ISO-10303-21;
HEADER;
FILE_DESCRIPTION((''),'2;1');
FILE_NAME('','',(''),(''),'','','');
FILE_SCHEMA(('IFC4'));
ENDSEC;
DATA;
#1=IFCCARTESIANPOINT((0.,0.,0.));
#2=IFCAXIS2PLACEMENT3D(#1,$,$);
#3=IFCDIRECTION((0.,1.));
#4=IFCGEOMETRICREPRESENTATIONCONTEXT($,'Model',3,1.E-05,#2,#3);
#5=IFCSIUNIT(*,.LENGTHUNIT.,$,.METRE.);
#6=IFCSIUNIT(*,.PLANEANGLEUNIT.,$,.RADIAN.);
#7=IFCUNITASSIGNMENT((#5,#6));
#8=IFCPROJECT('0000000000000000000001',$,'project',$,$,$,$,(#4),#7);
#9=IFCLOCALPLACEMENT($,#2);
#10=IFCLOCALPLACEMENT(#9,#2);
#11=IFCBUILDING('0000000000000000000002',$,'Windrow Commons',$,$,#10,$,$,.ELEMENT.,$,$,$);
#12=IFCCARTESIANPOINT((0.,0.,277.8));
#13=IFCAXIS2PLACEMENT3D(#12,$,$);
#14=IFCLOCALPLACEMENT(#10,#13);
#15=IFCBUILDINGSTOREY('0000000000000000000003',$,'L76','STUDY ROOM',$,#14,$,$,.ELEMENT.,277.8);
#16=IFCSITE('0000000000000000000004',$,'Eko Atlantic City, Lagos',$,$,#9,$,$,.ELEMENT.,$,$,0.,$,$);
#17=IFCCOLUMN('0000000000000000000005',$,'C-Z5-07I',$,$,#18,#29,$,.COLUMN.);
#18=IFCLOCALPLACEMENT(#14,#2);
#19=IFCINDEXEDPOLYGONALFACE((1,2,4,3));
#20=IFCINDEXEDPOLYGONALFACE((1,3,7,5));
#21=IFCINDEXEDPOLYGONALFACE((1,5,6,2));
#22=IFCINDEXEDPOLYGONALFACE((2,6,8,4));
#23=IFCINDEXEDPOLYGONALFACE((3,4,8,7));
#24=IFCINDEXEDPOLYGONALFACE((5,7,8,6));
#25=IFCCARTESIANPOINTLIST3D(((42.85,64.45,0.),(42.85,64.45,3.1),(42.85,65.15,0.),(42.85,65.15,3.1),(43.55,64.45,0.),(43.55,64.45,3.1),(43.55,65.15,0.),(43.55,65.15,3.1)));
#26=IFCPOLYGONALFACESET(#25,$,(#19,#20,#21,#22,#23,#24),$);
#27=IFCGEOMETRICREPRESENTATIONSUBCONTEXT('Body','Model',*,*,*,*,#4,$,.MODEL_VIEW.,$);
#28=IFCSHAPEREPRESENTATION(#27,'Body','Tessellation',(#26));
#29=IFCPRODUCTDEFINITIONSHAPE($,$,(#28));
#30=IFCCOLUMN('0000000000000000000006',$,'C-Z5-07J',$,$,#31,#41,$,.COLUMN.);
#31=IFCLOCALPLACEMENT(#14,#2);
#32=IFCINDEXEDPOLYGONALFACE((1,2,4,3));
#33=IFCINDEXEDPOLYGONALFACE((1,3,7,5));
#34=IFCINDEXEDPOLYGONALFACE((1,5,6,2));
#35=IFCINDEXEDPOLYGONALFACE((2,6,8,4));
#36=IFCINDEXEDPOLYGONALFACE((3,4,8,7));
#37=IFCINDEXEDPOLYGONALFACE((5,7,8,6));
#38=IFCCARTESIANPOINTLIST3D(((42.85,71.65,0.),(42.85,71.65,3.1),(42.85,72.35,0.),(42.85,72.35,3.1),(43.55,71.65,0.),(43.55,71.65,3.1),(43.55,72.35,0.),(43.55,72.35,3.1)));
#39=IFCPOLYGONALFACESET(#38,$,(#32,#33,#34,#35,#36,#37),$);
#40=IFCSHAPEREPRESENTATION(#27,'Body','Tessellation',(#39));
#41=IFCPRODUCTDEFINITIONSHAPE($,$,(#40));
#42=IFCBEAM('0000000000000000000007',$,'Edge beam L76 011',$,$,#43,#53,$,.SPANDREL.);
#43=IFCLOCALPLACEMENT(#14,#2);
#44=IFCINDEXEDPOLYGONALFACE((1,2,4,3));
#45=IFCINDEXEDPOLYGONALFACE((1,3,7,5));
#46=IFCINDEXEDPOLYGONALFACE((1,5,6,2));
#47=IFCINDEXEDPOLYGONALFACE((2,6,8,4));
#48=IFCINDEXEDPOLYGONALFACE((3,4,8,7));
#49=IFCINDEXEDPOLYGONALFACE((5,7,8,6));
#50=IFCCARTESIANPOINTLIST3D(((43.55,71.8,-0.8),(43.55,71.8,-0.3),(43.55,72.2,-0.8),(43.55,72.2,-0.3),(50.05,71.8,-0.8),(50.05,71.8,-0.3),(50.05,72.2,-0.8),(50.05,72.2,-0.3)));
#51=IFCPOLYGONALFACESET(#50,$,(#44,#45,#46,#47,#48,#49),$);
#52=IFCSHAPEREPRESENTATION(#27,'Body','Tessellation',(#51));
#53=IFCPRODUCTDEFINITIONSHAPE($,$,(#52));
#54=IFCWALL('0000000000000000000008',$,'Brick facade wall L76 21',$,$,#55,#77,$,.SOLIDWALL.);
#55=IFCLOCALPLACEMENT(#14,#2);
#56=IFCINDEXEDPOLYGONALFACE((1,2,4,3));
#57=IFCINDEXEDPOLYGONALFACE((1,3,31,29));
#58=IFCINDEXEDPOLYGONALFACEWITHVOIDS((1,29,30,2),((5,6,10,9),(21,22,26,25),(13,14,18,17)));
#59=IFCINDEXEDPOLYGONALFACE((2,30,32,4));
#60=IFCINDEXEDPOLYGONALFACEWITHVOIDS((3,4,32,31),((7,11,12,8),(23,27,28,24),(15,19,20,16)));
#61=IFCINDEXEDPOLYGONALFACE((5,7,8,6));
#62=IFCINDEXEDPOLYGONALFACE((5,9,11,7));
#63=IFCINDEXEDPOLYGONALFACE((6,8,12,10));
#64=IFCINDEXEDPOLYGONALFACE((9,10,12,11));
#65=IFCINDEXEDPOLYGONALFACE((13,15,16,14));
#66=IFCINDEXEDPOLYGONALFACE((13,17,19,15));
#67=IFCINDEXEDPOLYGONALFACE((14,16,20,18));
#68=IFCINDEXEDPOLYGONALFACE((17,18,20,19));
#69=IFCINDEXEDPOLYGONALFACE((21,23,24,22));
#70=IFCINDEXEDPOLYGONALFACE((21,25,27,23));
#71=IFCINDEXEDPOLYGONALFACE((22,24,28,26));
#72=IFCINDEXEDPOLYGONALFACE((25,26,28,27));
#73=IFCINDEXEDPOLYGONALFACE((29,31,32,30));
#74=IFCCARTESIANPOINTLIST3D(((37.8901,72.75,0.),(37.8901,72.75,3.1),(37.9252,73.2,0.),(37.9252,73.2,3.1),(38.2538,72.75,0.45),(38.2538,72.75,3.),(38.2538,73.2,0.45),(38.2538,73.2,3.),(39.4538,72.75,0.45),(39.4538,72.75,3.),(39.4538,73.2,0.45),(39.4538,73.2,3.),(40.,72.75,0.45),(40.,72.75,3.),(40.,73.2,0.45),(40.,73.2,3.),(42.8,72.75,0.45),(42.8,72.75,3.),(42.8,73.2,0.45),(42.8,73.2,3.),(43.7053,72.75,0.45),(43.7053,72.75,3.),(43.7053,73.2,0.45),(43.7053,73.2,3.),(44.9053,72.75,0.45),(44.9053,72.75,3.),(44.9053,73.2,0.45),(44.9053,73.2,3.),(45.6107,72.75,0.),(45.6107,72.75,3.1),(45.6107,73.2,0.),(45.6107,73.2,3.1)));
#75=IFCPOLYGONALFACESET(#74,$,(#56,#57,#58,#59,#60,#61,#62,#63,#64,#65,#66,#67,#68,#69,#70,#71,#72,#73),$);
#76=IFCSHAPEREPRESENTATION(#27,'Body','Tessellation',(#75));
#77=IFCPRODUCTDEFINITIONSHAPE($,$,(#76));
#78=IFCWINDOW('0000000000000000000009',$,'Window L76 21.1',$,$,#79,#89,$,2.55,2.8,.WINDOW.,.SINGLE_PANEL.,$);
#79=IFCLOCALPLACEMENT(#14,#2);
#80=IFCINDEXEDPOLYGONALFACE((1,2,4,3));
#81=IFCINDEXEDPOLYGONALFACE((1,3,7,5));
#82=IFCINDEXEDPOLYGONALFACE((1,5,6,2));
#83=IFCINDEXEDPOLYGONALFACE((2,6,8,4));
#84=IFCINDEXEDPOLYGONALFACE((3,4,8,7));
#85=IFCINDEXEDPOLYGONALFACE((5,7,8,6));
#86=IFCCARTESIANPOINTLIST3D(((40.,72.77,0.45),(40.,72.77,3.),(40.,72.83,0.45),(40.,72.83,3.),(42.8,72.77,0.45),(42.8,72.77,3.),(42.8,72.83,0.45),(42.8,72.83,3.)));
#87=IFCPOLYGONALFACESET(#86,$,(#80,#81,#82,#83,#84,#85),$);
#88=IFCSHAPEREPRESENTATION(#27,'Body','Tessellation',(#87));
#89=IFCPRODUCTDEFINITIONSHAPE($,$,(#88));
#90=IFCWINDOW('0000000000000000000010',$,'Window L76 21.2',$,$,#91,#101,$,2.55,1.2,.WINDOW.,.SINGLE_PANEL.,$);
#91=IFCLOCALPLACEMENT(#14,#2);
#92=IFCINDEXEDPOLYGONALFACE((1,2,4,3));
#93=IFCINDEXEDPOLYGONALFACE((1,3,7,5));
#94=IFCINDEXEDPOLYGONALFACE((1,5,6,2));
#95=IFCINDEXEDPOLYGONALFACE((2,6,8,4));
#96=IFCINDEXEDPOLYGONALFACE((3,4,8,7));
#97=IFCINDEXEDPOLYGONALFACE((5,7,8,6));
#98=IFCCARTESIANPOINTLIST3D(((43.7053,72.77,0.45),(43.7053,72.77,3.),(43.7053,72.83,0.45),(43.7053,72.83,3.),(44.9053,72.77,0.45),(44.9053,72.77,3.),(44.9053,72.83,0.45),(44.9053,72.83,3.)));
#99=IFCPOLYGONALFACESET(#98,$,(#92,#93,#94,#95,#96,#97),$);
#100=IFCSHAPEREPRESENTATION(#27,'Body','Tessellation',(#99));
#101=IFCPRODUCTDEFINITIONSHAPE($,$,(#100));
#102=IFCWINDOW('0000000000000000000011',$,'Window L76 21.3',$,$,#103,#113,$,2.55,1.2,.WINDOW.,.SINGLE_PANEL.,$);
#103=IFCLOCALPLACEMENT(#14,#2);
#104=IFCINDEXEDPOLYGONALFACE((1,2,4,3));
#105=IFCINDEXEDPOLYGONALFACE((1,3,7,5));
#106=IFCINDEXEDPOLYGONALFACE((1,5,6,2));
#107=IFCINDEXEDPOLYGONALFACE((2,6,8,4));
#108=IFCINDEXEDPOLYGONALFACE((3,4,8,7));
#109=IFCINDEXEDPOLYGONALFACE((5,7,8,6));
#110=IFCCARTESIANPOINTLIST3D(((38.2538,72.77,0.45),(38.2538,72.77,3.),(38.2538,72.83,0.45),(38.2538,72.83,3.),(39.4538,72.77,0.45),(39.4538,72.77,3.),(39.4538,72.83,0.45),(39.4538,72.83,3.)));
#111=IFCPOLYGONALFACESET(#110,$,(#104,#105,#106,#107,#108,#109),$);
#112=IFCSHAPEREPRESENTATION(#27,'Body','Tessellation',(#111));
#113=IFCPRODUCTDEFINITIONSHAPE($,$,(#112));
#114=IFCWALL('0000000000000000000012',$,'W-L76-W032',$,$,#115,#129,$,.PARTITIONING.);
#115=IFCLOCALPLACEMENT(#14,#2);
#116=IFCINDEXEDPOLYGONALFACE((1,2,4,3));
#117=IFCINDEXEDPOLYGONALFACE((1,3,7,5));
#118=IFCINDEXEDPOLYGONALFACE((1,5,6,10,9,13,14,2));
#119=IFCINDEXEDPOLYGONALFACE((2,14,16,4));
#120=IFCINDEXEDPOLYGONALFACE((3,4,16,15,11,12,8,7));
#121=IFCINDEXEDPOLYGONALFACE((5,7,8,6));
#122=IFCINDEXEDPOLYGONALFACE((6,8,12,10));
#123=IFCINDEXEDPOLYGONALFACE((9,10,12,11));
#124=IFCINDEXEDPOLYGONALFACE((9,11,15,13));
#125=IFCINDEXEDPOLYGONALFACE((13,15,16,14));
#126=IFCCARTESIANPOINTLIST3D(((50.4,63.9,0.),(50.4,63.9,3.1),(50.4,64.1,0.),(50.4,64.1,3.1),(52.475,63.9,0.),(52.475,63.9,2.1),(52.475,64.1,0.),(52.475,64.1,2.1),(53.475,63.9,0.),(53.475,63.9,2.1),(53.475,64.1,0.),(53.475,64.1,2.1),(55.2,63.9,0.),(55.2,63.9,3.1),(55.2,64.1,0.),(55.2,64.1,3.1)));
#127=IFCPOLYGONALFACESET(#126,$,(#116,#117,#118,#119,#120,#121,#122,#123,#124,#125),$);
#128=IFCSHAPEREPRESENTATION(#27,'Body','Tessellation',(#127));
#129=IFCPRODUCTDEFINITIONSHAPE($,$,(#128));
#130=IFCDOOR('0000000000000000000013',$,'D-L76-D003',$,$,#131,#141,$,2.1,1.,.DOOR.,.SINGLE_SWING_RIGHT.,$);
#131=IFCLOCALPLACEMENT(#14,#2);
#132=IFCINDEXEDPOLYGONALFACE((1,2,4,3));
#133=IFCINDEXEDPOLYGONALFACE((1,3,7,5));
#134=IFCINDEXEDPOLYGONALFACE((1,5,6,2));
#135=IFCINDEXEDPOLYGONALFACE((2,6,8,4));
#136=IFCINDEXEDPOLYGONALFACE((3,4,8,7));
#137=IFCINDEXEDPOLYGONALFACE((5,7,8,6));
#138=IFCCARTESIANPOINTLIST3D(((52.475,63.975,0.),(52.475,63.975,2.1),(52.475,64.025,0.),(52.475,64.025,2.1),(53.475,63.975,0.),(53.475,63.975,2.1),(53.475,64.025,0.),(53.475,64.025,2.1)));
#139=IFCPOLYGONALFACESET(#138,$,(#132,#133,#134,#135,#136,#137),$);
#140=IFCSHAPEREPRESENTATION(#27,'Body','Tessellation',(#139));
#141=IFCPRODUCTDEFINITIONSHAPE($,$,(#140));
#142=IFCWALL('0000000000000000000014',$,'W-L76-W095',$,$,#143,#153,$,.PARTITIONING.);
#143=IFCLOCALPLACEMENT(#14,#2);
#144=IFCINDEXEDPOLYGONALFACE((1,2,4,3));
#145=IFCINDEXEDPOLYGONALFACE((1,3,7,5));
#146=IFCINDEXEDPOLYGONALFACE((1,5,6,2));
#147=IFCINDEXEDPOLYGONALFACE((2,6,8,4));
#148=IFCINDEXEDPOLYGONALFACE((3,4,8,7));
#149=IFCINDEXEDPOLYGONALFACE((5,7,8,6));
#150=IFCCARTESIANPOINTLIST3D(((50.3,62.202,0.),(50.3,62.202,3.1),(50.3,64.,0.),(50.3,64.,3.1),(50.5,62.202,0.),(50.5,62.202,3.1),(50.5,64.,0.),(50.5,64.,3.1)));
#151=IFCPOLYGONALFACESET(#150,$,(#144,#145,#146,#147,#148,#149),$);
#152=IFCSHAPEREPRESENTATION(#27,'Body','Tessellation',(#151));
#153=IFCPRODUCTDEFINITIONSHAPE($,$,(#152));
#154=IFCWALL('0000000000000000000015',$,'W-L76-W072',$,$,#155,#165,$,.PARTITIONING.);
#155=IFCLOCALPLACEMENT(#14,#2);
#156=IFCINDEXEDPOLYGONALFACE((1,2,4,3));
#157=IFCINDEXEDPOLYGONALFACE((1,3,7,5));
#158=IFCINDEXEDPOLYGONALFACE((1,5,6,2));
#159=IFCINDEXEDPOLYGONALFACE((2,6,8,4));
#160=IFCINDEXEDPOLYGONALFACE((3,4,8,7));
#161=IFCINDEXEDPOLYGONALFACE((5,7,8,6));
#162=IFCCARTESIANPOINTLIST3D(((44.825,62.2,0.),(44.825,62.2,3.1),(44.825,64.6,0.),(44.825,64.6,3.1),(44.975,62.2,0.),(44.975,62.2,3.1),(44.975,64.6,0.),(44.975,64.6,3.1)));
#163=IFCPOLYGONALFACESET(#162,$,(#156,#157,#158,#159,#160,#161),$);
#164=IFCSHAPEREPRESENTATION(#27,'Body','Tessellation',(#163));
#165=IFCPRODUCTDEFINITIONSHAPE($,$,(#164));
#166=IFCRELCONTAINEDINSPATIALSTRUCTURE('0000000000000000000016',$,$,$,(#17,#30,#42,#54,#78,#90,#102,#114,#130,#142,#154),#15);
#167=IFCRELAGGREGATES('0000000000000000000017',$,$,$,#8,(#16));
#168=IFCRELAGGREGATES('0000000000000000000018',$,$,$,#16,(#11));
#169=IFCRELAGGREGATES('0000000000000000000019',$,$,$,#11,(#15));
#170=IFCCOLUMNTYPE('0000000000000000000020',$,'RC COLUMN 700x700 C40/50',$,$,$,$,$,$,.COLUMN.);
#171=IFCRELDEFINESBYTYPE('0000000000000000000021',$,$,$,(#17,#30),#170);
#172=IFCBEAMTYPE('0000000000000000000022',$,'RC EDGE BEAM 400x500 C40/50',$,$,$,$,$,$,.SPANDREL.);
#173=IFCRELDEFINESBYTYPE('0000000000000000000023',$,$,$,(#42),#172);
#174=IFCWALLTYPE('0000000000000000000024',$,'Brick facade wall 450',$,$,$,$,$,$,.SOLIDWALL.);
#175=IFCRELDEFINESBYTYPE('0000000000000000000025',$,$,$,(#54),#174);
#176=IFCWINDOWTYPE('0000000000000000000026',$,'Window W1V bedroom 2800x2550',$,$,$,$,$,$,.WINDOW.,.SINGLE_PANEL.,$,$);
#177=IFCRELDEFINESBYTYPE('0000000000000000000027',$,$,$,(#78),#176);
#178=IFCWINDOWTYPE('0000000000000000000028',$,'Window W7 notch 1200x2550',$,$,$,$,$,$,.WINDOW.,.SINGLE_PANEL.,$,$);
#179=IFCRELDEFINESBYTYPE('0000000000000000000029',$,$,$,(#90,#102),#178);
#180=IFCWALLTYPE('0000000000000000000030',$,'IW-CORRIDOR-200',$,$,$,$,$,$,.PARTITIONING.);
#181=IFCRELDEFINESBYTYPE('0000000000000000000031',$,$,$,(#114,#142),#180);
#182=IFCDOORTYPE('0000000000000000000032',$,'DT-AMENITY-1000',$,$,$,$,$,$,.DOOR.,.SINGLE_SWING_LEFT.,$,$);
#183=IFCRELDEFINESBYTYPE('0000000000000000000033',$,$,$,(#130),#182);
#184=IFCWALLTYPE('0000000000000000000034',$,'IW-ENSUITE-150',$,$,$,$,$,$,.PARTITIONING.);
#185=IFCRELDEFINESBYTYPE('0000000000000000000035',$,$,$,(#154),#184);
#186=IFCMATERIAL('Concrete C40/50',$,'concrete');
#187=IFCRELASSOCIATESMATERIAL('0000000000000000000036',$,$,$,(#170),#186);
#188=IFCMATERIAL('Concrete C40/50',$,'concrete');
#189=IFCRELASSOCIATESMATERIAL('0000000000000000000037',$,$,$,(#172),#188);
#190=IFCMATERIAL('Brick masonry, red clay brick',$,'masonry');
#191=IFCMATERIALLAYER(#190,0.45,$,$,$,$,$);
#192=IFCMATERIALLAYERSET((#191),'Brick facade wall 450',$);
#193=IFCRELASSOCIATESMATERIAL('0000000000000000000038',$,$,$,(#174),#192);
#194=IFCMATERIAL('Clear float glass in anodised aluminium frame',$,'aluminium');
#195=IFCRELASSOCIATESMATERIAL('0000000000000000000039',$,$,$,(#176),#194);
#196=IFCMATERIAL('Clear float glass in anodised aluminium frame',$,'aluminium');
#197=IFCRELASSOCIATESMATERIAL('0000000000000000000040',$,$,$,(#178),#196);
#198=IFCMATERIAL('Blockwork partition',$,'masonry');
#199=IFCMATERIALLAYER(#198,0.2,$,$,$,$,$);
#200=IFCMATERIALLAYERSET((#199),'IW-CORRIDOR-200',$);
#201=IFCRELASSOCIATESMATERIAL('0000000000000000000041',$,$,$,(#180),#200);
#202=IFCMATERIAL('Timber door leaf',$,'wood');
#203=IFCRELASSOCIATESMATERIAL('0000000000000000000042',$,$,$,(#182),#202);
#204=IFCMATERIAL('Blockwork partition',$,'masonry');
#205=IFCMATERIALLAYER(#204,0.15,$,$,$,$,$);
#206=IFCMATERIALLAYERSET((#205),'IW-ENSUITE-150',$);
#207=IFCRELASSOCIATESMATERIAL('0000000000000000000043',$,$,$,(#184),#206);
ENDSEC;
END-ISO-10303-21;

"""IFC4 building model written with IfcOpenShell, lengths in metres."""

from ifc_helpers import new_model, si_unit, direction, frame, frame_2d, origin, origin_2d, place, context, subcontext, project, spatial, polyline, rectangle, outline, extrude, material, layer, layer_set, material_profile, profile_set, type_object, element, fill, save


model = new_model("IFC4")

# Units and contexts
model_context = context("Model", 3, precision=1e-05, world=origin(), true_north=direction((0.0, 1.0)))
body_context = subcontext(model_context, "Body", "Model", "MODEL_VIEW")
ifc_project = project(units=[si_unit("LENGTHUNIT", "METRE"), si_unit("PLANEANGLEUNIT", "RADIAN")], contexts=[model_context])

# Site, building, storey
site_placement = place(None, origin())
site = spatial("IfcSite", under=ifc_project, at=site_placement, Name="Eko Atlantic City, Lagos", CompositionType="ELEMENT", RefElevation=0.0)
building_placement = place(site_placement, origin())
building = spatial("IfcBuilding", under=site, at=building_placement, Name="Windrow Commons", CompositionType="ELEMENT")
storey_placement = place(building_placement, frame((0.0, 0.0, 277.8)))
storey = spatial("IfcBuildingStorey", under=building, at=storey_placement, Name="L76", Description="STUDY ROOM", CompositionType="ELEMENT", Elevation=277.8)

# Columns
ifc_material_1 = material(Name="Concrete C40/50", Category="concrete")
ifc_material_profile_1 = material_profile(ifc_material_1, rectangle(XDim=0.7, YDim=0.7, at=origin_2d()))
ifc_profile_set_1 = profile_set([ifc_material_profile_1], Name="Concrete C40/50")
column_type = type_object("IfcColumnType", Name="RC COLUMN 700x700 C40/50", PredefinedType="COLUMN", material=ifc_profile_set_1)
for number, where, z_axis, x_axis, name in (
    (1, (43.2, 64.8, 0.0), (0.0, 0.0, 1.0), (1.0, 0.0, 0.0), "C-Z5-07I"),
    (2, (43.2, 72.0, 0.0), (0.0, 0.0, 1.0), (1.0, 0.0, 0.0), "C-Z5-07J"),
):
    element("IfcColumn", number, at=place(storey_placement, frame(where, z_axis=z_axis, x_axis=x_axis)), inside=storey, type_object=column_type, Name=name, PredefinedType="COLUMN", context=body_context, shape_type="SweptSolid", body=[
        extrude(rectangle(XDim=0.7, YDim=0.7, at=origin_2d()), origin(), (0.0, 0.0, 1.0), 3.1),
    ])

# Beam
ifc_material_2 = material(Name="Concrete C40/50", Category="concrete")
ifc_material_profile_2 = material_profile(ifc_material_2, rectangle(XDim=0.4, YDim=0.5, at=origin_2d()))
ifc_profile_set_2 = profile_set([ifc_material_profile_2], Name="Concrete C40/50")
beam_type = type_object("IfcBeamType", Name="RC EDGE BEAM 400x500 C40/50", PredefinedType="SPANDREL", material=ifc_profile_set_2)
beam_placement = place(storey_placement, frame((43.55, 72.0, -0.55), z_axis=(1.0, 0.0, 0.0), x_axis=(0.0, 1.0, 0.0)))
element("IfcBeam", 3, at=beam_placement, inside=storey, type_object=beam_type, Name="Edge beam L76 011", PredefinedType="SPANDREL", context=body_context, shape_type="SweptSolid", body=[
    extrude(rectangle(XDim=0.4, YDim=0.5, at=origin_2d()), origin(), (0.0, 0.0, 1.0), 6.5),
])

# Wall, openings, windows
ifc_material_3 = material(Name="Brick masonry, red clay brick", Category="masonry")
ifc_layer_1 = layer(ifc_material_3, 0.45)
ifc_layer_set_1 = layer_set([ifc_layer_1], Name="Brick facade wall 450")
wall_type_1 = type_object("IfcWallType", Name="Brick facade wall 450", PredefinedType="SOLIDWALL", material=ifc_layer_set_1)
wall_1_placement = place(storey_placement, frame((45.6107, 72.975, 0.0), z_axis=(0.0, 0.0, 1.0), x_axis=(-1.0, 0.0, 0.0)))
wall_1 = element("IfcWall", 4, at=wall_1_placement, inside=storey, type_object=wall_type_1, Name="Brick facade wall L76 21", PredefinedType="SOLIDWALL", context=body_context, shape_type="SweptSolid", body=[
    extrude(outline(polyline([(0.0, -0.225), (7.6855, -0.225), (7.7206, 0.225), (0.0, 0.225), (0.0, -0.225)])), origin(), (0.0, 0.0, 1.0), 3.1),
])
opening_1_placement = place(wall_1_placement, frame((2.8107, 0.0, 0.45)))
opening_1 = element("IfcOpeningElement", 5, at=opening_1_placement, cuts=wall_1, PredefinedType="OPENING", context=body_context, shape_type="SweptSolid", body=[
    extrude(rectangle(XDim=2.8, YDim=2.55, at=frame_2d((1.4, 1.275))), frame((0.0, 0.235, 0.0), z_axis=(0.0, -1.0, 0.0), x_axis=(1.0, 0.0, 0.0)), (0.0, 0.0, 1.0), 0.47),
])
opening_2_placement = place(wall_1_placement, frame((0.7054, 0.0, 0.45)))
opening_2 = element("IfcOpeningElement", 6, at=opening_2_placement, cuts=wall_1, PredefinedType="OPENING", context=body_context, shape_type="SweptSolid", body=[
    extrude(rectangle(XDim=1.2, YDim=2.55, at=frame_2d((0.6, 1.275))), frame((0.0, 0.235, 0.0), z_axis=(0.0, -1.0, 0.0), x_axis=(1.0, 0.0, 0.0)), (0.0, 0.0, 1.0), 0.47),
])
opening_3_placement = place(wall_1_placement, frame((6.1569, 0.0, 0.45)))
opening_3 = element("IfcOpeningElement", 7, at=opening_3_placement, cuts=wall_1, PredefinedType="OPENING", context=body_context, shape_type="SweptSolid", body=[
    extrude(rectangle(XDim=1.2, YDim=2.55, at=frame_2d((0.6, 1.275))), frame((0.0, 0.235, 0.0), z_axis=(0.0, -1.0, 0.0), x_axis=(1.0, 0.0, 0.0)), (0.0, 0.0, 1.0), 0.47),
])
ifc_material_4 = material(Name="Clear float glass in anodised aluminium frame", Category="aluminium")
window_type_1 = type_object("IfcWindowType", Name="Window W1V bedroom 2800x2550", PartitioningType="SINGLE_PANEL", PredefinedType="WINDOW", material=ifc_material_4)
window_1_placement = place(opening_1_placement, origin())
window_1 = element("IfcWindow", 8, at=window_1_placement, inside=storey, type_object=window_type_1, Name="Window L76 21.1", OverallHeight=2.55, OverallWidth=2.8, PartitioningType="SINGLE_PANEL", PredefinedType="WINDOW", context=body_context, shape_type="SweptSolid", body=[
    extrude(rectangle(XDim=2.8, YDim=2.55, at=frame_2d((1.4, 1.275))), frame((0.0, 0.205, 0.0), z_axis=(0.0, -1.0, 0.0), x_axis=(1.0, 0.0, 0.0)), (0.0, 0.0, 1.0), 0.06),
])
fill(opening_1, window_1)
ifc_material_5 = material(Name="Clear float glass in anodised aluminium frame", Category="aluminium")
window_type_2 = type_object("IfcWindowType", Name="Window W7 notch 1200x2550", PartitioningType="SINGLE_PANEL", PredefinedType="WINDOW", material=ifc_material_5)
window_2_placement = place(opening_2_placement, origin())
window_2 = element("IfcWindow", 9, at=window_2_placement, inside=storey, type_object=window_type_2, Name="Window L76 21.2", OverallHeight=2.55, OverallWidth=1.2, PartitioningType="SINGLE_PANEL", PredefinedType="WINDOW", context=body_context, shape_type="SweptSolid", body=[
    extrude(rectangle(XDim=1.2, YDim=2.55, at=frame_2d((0.6, 1.275))), frame((0.0, 0.205, 0.0), z_axis=(0.0, -1.0, 0.0), x_axis=(1.0, 0.0, 0.0)), (0.0, 0.0, 1.0), 0.06),
])
fill(opening_2, window_2)
window_3_placement = place(opening_3_placement, origin())
window_3 = element("IfcWindow", 10, at=window_3_placement, inside=storey, type_object=window_type_2, Name="Window L76 21.3", OverallHeight=2.55, OverallWidth=1.2, PartitioningType="SINGLE_PANEL", PredefinedType="WINDOW", context=body_context, shape_type="SweptSolid", body=[
    extrude(rectangle(XDim=1.2, YDim=2.55, at=frame_2d((0.6, 1.275))), frame((0.0, 0.205, 0.0), z_axis=(0.0, -1.0, 0.0), x_axis=(1.0, 0.0, 0.0)), (0.0, 0.0, 1.0), 0.06),
])
fill(opening_3, window_3)

# Wall, opening, door
ifc_material_6 = material(Name="Blockwork partition", Category="masonry")
ifc_layer_2 = layer(ifc_material_6, 0.2)
ifc_layer_set_2 = layer_set([ifc_layer_2], Name="IW-CORRIDOR-200")
wall_type_2 = type_object("IfcWallType", Name="IW-CORRIDOR-200", PredefinedType="PARTITIONING", material=ifc_layer_set_2)
wall_2_placement = place(storey_placement, frame((50.4, 64.0, 0.0), z_axis=(0.0, 0.0, 1.0), x_axis=(1.0, 0.0, 0.0)))
wall_2 = element("IfcWall", 11, at=wall_2_placement, inside=storey, type_object=wall_type_2, Name="W-L76-W032", PredefinedType="PARTITIONING", context=body_context, shape_type="SweptSolid", body=[
    extrude(rectangle(XDim=4.8, YDim=0.2, at=frame_2d((2.4, 0.0))), origin(), (0.0, 0.0, 1.0), 3.1),
])
opening_4_placement = place(wall_2_placement, frame((2.075, 0.0, 0.0)))
opening_4 = element("IfcOpeningElement", 12, at=opening_4_placement, cuts=wall_2, PredefinedType="OPENING", context=body_context, shape_type="SweptSolid", body=[
    extrude(rectangle(XDim=1.0, YDim=2.1, at=frame_2d((0.5, 1.05))), frame((0.0, 0.11, 0.0), z_axis=(0.0, -1.0, 0.0), x_axis=(1.0, 0.0, 0.0)), (0.0, 0.0, 1.0), 0.22),
])
ifc_material_7 = material(Name="Timber door leaf", Category="wood")
door_type_1 = type_object("IfcDoorType", Name="DT-AMENITY-1000", OperationType="SINGLE_SWING_LEFT", PredefinedType="DOOR", material=ifc_material_7)
door_1_placement = place(opening_4_placement, origin())
door_1 = element("IfcDoor", 13, at=door_1_placement, inside=storey, type_object=door_type_1, Name="D-L76-D003", OperationType="SINGLE_SWING_RIGHT", OverallHeight=2.1, OverallWidth=1.0, PredefinedType="DOOR", context=body_context, shape_type="SweptSolid", body=[
    extrude(rectangle(XDim=1.0, YDim=2.1, at=frame_2d((0.5, 1.05))), frame((0.0, 0.025, 0.0), z_axis=(0.0, -1.0, 0.0), x_axis=(1.0, 0.0, 0.0)), (0.0, 0.0, 1.0), 0.05),
])
fill(opening_4, door_1)

# Walls
wall_3_placement = place(storey_placement, frame((50.4, 62.202, 0.0), z_axis=(0.0, 0.0, 1.0), x_axis=(0.0, 1.0, 0.0)))
element("IfcWall", 14, at=wall_3_placement, inside=storey, type_object=wall_type_2, Name="W-L76-W095", PredefinedType="PARTITIONING", context=body_context, shape_type="SweptSolid", body=[
    extrude(rectangle(XDim=1.798, YDim=0.2, at=frame_2d((0.899, 0.0))), origin(), (0.0, 0.0, 1.0), 3.1),
])
ifc_material_8 = material(Name="Blockwork partition", Category="masonry")
ifc_layer_3 = layer(ifc_material_8, 0.15)
ifc_layer_set_3 = layer_set([ifc_layer_3], Name="IW-ENSUITE-150")
wall_type_3 = type_object("IfcWallType", Name="IW-ENSUITE-150", PredefinedType="PARTITIONING", material=ifc_layer_set_3)
for number, where, z_axis, x_axis, name in (
    (15, (44.9, 62.2, 0.0), (0.0, 0.0, 1.0), (0.0, 1.0, 0.0), "W-L76-W072"),
):
    element("IfcWall", number, at=place(storey_placement, frame(where, z_axis=z_axis, x_axis=x_axis)), inside=storey, type_object=wall_type_3, Name=name, PredefinedType="PARTITIONING", context=body_context, shape_type="SweptSolid", body=[
        extrude(rectangle(XDim=2.4, YDim=0.15, at=frame_2d((1.2, 0.0))), origin(), (0.0, 0.0, 1.0), 3.1),
    ])

save(model, "model.ifc")
